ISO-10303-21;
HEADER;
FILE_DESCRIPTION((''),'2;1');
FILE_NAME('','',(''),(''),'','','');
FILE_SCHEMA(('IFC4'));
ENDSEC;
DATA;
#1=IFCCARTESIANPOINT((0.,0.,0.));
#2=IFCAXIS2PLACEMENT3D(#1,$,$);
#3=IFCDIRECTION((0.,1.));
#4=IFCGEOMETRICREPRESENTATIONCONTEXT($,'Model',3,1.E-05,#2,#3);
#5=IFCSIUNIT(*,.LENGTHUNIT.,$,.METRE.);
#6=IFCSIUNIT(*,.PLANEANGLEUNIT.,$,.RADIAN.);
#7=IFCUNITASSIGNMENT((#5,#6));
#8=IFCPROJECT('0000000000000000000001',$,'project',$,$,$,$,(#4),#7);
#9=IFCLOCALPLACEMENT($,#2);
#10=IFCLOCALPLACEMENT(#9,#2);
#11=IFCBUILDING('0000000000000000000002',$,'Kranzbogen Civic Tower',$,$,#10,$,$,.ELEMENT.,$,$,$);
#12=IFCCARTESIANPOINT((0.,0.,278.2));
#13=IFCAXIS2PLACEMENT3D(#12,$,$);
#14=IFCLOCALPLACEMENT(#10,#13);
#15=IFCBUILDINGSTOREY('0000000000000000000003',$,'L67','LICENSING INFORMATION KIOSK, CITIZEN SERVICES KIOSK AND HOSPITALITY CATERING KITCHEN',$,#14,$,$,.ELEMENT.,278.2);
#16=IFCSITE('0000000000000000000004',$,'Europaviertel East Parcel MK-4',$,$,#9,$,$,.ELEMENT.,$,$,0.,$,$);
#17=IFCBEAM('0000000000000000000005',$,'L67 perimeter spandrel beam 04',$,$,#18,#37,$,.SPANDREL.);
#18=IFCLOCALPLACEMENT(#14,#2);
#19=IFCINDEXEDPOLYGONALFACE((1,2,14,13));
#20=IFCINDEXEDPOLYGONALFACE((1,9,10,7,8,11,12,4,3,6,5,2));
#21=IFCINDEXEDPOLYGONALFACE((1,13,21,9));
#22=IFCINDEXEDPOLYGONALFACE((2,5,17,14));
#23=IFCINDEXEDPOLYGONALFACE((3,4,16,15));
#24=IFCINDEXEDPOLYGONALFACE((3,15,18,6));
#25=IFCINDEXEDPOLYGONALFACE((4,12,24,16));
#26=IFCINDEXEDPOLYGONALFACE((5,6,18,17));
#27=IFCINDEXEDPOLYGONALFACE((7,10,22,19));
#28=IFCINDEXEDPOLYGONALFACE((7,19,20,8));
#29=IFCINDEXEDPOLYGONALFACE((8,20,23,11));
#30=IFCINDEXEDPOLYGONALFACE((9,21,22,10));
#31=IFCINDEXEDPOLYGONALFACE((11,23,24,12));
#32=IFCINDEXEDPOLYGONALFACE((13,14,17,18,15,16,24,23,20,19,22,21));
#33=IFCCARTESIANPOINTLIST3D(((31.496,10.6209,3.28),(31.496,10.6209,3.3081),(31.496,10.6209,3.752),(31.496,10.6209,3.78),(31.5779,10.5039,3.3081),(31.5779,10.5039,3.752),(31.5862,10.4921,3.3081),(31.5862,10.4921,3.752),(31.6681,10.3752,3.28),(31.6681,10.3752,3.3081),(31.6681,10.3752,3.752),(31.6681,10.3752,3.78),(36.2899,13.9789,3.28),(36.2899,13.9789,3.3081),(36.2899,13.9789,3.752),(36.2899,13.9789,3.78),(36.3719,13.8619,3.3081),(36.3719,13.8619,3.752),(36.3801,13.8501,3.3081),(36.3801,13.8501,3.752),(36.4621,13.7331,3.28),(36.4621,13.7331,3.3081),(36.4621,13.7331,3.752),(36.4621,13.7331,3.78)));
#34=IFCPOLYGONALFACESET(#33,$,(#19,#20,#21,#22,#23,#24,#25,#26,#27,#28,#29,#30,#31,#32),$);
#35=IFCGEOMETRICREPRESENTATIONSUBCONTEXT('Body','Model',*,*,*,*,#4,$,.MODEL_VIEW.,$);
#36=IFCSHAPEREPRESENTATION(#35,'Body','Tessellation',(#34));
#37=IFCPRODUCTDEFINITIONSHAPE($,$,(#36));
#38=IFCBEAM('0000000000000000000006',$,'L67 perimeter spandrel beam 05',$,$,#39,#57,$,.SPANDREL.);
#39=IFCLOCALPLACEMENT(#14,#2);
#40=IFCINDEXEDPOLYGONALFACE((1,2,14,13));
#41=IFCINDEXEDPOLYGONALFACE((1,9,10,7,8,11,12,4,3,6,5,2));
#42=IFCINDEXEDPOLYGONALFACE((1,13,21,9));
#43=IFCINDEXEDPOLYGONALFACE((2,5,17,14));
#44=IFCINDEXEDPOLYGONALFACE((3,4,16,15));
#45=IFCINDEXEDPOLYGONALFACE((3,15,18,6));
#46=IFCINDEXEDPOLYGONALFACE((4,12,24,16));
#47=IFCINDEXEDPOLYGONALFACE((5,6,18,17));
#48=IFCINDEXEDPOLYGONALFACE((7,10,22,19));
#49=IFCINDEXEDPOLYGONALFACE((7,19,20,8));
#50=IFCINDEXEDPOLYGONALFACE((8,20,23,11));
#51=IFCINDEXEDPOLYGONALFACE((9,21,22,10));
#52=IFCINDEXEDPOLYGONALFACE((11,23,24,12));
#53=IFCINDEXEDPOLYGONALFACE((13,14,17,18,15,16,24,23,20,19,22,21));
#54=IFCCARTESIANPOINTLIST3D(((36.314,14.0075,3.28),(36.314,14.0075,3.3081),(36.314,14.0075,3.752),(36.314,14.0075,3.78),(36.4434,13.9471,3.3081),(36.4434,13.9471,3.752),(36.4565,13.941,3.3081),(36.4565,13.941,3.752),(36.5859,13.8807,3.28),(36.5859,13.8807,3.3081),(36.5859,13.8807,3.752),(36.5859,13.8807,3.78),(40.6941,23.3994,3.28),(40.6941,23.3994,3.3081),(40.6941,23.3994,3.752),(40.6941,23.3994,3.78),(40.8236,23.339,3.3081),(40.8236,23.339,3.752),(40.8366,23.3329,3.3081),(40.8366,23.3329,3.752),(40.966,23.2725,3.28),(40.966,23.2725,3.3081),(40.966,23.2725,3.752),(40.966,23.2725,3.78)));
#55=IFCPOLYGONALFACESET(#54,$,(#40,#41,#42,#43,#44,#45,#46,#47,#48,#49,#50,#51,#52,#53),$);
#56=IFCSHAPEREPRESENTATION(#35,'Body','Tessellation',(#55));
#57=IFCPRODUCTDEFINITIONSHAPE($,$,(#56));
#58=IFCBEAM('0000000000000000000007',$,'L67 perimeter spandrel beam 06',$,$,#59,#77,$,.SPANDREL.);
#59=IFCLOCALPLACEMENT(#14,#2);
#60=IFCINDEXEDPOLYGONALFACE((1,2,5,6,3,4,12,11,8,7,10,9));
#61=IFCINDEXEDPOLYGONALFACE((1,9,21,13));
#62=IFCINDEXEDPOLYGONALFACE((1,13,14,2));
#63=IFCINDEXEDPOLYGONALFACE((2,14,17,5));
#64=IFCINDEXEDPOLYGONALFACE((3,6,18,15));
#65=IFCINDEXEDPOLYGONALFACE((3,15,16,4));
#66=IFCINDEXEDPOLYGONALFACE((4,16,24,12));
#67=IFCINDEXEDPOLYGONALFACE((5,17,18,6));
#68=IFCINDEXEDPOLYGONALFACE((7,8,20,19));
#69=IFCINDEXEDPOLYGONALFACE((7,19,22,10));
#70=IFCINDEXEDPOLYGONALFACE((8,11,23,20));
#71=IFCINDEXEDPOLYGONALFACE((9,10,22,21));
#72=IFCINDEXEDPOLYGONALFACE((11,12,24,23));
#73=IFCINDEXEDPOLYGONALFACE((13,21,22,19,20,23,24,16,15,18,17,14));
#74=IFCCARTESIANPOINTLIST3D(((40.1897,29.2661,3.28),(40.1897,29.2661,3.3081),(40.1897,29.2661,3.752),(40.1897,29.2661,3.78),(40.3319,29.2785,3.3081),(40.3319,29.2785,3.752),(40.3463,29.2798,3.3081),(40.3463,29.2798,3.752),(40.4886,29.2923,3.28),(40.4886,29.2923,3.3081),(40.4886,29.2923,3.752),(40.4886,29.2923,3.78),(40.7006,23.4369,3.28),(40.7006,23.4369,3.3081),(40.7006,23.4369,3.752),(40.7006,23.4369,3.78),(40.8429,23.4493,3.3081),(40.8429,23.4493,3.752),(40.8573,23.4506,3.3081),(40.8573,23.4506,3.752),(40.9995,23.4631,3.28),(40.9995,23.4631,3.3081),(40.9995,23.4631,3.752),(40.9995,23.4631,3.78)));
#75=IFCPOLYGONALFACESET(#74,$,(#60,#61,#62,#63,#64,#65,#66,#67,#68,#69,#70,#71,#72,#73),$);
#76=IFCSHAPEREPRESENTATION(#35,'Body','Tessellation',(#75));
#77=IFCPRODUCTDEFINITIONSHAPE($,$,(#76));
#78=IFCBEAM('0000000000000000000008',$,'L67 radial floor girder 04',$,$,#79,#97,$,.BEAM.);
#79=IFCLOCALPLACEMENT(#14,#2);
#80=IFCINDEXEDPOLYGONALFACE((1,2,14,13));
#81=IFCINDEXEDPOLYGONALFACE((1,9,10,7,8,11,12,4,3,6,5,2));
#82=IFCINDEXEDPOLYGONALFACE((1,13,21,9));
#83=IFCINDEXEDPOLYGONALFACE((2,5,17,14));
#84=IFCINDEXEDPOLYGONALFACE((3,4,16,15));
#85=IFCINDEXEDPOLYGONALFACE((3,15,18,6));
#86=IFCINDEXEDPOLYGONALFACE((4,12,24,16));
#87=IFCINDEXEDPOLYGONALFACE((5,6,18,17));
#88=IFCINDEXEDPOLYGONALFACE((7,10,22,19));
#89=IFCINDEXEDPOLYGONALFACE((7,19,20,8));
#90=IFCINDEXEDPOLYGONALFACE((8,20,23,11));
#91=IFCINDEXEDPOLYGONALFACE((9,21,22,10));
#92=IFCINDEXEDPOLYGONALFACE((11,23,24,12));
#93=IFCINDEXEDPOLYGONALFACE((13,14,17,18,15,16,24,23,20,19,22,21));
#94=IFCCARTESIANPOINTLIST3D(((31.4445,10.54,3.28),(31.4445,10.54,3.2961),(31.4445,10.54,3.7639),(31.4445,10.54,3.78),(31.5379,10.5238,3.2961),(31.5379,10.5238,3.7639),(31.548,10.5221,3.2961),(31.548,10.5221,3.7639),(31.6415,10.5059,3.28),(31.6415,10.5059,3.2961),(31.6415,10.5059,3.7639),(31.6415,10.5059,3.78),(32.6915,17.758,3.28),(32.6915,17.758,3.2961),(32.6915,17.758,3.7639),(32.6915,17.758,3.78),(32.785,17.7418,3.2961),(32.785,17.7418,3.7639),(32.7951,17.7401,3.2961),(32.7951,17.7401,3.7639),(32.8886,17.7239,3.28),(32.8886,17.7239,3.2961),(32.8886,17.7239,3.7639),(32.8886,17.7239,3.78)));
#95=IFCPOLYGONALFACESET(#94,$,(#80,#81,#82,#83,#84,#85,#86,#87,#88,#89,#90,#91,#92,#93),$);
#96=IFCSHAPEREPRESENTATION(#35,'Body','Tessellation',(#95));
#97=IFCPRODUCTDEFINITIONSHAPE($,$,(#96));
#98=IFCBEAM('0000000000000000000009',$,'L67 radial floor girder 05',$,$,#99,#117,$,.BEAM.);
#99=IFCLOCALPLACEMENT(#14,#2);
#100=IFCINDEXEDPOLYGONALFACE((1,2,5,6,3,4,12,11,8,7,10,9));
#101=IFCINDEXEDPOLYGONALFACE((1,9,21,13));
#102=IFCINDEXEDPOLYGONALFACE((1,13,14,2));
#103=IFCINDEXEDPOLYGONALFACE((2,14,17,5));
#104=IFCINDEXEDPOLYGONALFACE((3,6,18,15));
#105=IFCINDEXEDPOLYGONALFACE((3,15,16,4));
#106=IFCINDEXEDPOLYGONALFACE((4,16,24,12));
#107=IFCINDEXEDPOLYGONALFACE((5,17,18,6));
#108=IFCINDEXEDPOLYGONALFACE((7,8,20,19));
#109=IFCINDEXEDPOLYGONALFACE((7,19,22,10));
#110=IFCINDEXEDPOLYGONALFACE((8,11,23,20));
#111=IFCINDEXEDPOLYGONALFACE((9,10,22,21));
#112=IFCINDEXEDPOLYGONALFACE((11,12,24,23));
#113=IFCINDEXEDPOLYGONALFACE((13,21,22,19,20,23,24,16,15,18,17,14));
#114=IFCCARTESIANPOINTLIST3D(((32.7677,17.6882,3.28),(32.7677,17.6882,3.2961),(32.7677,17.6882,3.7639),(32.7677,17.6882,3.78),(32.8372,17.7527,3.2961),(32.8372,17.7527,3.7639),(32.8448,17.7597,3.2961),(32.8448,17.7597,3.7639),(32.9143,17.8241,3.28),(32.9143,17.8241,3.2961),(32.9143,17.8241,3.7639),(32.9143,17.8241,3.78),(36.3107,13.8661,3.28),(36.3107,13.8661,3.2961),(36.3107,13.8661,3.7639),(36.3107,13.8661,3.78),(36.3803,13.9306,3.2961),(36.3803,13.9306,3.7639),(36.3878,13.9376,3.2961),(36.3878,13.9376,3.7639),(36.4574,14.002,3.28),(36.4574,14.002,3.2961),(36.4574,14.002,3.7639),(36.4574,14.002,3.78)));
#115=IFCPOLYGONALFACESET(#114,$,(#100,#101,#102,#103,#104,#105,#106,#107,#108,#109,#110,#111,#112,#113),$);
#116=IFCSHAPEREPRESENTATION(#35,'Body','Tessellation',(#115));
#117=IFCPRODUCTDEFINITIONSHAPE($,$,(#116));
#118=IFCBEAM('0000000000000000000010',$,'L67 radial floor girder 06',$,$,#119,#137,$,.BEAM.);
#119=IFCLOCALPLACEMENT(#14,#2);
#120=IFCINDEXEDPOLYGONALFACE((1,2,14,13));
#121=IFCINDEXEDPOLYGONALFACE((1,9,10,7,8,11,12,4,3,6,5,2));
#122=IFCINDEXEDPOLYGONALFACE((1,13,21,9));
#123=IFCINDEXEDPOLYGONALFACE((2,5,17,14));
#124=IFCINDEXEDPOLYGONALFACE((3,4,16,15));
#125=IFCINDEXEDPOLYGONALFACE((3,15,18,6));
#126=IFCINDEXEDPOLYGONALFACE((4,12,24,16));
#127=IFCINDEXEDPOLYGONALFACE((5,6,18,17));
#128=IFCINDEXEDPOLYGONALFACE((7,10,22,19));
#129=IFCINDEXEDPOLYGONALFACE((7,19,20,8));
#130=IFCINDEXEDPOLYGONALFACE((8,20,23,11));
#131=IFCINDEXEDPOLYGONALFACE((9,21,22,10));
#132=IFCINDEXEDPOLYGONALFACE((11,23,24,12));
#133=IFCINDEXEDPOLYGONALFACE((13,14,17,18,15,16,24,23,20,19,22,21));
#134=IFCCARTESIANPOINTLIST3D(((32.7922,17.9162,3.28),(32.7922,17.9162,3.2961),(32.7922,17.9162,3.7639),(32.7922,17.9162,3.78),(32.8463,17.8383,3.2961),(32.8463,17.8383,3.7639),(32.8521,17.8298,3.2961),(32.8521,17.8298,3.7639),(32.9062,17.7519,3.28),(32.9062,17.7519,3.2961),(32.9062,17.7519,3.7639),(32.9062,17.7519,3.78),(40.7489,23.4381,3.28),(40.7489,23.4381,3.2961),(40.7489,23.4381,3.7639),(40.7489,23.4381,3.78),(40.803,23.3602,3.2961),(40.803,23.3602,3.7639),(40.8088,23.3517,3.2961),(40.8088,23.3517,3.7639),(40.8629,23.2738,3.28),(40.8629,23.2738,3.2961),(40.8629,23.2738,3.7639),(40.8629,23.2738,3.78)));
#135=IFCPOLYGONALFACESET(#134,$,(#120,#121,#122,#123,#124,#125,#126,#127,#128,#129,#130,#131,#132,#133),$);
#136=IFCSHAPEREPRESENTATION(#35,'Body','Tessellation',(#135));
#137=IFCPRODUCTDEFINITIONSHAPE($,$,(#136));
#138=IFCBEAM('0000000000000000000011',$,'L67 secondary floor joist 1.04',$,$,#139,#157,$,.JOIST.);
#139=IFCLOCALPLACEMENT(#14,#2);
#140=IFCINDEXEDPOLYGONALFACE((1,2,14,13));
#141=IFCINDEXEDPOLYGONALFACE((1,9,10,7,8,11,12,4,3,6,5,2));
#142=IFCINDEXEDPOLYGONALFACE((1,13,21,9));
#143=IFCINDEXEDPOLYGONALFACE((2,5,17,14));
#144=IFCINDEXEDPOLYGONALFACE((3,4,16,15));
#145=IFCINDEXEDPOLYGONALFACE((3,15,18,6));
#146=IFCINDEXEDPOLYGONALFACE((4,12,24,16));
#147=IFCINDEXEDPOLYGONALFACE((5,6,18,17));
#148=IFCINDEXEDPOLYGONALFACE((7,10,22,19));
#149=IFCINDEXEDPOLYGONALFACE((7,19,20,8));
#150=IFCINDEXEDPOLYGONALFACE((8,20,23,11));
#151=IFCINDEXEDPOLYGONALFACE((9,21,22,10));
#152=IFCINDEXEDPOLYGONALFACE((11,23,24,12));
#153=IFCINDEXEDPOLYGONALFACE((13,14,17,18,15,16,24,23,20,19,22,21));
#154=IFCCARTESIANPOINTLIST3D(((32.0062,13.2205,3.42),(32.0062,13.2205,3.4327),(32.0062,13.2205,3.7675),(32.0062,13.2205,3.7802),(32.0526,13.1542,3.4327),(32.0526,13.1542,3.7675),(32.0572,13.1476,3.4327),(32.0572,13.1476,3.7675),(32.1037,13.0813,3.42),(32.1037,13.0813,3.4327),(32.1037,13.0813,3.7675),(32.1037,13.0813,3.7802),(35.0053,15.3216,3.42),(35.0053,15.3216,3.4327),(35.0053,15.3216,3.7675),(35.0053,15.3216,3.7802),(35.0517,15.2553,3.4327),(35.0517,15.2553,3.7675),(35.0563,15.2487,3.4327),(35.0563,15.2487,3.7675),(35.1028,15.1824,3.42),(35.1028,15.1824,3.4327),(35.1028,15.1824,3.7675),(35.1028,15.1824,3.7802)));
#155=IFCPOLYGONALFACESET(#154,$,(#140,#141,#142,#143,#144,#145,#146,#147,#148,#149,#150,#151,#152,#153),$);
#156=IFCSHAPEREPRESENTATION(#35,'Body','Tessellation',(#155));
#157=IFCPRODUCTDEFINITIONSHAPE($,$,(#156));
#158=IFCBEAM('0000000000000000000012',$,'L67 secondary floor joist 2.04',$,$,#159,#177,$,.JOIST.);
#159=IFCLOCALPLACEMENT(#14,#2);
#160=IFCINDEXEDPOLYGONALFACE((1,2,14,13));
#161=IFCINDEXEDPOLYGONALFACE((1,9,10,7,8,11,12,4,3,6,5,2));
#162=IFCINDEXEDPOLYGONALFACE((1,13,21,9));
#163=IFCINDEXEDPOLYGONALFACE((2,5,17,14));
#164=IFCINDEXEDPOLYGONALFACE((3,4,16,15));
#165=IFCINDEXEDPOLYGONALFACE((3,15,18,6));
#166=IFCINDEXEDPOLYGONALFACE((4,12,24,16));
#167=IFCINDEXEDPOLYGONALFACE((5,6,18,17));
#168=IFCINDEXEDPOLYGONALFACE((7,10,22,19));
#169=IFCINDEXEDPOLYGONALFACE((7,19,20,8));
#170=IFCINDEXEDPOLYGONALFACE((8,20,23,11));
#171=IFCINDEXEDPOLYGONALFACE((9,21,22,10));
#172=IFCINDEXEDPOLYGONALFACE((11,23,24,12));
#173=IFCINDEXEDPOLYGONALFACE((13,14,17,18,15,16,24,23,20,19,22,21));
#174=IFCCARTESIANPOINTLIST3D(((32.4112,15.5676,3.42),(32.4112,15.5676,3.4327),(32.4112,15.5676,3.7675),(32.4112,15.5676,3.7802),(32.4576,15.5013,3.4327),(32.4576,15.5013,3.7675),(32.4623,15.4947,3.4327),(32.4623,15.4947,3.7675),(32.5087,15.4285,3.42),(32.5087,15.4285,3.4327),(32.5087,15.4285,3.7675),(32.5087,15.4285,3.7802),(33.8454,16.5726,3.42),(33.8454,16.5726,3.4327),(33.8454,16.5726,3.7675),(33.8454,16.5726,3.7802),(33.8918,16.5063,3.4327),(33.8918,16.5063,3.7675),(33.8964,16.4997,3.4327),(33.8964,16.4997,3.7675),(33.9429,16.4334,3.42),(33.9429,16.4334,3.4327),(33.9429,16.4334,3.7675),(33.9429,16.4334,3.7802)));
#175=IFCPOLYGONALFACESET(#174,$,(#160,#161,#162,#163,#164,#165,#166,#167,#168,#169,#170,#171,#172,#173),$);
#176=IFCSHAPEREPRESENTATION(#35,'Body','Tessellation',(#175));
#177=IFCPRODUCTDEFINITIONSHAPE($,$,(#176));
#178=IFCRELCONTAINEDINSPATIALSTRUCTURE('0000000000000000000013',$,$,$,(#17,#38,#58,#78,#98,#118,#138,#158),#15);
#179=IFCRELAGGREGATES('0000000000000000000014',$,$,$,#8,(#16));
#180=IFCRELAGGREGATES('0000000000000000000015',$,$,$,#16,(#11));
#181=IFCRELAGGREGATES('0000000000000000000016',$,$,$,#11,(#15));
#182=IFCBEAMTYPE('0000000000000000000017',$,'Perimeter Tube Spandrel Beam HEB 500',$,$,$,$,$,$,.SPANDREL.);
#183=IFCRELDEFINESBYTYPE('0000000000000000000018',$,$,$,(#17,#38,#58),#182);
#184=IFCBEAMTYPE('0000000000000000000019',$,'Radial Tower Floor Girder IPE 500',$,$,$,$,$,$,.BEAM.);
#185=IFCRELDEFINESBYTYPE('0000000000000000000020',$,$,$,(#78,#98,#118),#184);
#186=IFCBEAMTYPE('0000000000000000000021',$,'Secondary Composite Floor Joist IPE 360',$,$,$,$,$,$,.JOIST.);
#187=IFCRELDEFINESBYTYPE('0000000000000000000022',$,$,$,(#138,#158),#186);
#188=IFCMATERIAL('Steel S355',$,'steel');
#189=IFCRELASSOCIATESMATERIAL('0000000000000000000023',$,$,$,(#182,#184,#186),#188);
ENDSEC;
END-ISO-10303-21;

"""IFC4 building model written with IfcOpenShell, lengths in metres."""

from ifc_helpers import new_model, si_unit, direction, frame, origin, origin_2d, place, context, subcontext, project, spatial, i_section, extrude, material, material_profile, profile_set, type_object, element, save


model = new_model("IFC4")

# Units and contexts
model_context = context("Model", 3, precision=1e-05, world=origin(), true_north=direction((0.0, 1.0)))
body_context = subcontext(model_context, "Body", "Model", "MODEL_VIEW")
ifc_project = project(units=[si_unit("LENGTHUNIT", "METRE"), si_unit("PLANEANGLEUNIT", "RADIAN")], contexts=[model_context])

# Site, building, storey
site_placement = place(None, origin())
site = spatial("IfcSite", under=ifc_project, at=site_placement, Name="Europaviertel East Parcel MK-4", CompositionType="ELEMENT", RefElevation=0.0)
building_placement = place(site_placement, origin())
building = spatial("IfcBuilding", under=site, at=building_placement, Name="Kranzbogen Civic Tower", CompositionType="ELEMENT")
storey_placement = place(building_placement, frame((0.0, 0.0, 278.2)))
storey = spatial("IfcBuildingStorey", under=building, at=storey_placement, Name="L67", Description="LICENSING INFORMATION KIOSK, CITIZEN SERVICES KIOSK AND HOSPITALITY CATERING KITCHEN", CompositionType="ELEMENT", Elevation=278.2)

# Shared definitions
ifc_material_1 = material(Name="Steel S355", Category="steel")

# Beams
ifc_material_profile_1 = material_profile(ifc_material_1, i_section(OverallWidth=0.3, OverallDepth=0.5, WebThickness=0.0144, FlangeThickness=0.0281, at=origin_2d()), Name="HEB 500")
ifc_profile_set_1 = profile_set([ifc_material_profile_1], Name="Steel S355")
beam_type_1 = type_object("IfcBeamType", Name="Perimeter Tube Spandrel Beam HEB 500", PredefinedType="SPANDREL", material=ifc_profile_set_1)
beam_1_placement = place(storey_placement, frame((31.582, 10.498, 3.53), z_axis=(0.819059, 0.573709, 0.0), x_axis=(-0.573709, 0.819059, 0.0)))
element("IfcBeam", 1, at=beam_1_placement, inside=storey, type_object=beam_type_1, Name="L67 perimeter spandrel beam 04", PredefinedType="SPANDREL", context=body_context, shape_type="SweptSolid", body=[
    extrude(i_section(OverallWidth=0.3, OverallDepth=0.5, WebThickness=0.0144, FlangeThickness=0.0281, at=origin_2d()), origin(), (0.0, 0.0, 1.0), 5.853),
])
beam_2_placement = place(storey_placement, frame((36.45, 13.9441, 3.53), z_axis=(0.422669, 0.906284, 0.0), x_axis=(-0.906284, 0.422669, 0.0)))
element("IfcBeam", 2, at=beam_2_placement, inside=storey, type_object=beam_type_1, Name="L67 perimeter spandrel beam 05", PredefinedType="SPANDREL", context=body_context, shape_type="SweptSolid", body=[
    extrude(i_section(OverallWidth=0.3, OverallDepth=0.5, WebThickness=0.0144, FlangeThickness=0.0281, at=origin_2d()), origin(), (0.0, 0.0, 1.0), 10.363),
])
beam_3_placement = place(storey_placement, frame((40.8501, 23.45, 3.53), z_axis=(-0.087326, 0.99618, 0.0), x_axis=(-0.99618, -0.087326, 0.0)))
element("IfcBeam", 3, at=beam_3_placement, inside=storey, type_object=beam_type_1, Name="L67 perimeter spandrel beam 06", PredefinedType="SPANDREL", context=body_context, shape_type="SweptSolid", body=[
    extrude(i_section(OverallWidth=0.3, OverallDepth=0.5, WebThickness=0.0144, FlangeThickness=0.0281, at=origin_2d()), origin(), (0.0, 0.0, 1.0), 5.8516),
])
ifc_material_profile_2 = material_profile(ifc_material_1, i_section(OverallWidth=0.2, OverallDepth=0.5, WebThickness=0.0103, FlangeThickness=0.0161, at=origin_2d()), Name="IPE 500")
ifc_profile_set_2 = profile_set([ifc_material_profile_2], Name="Steel S355")
beam_type_2 = type_object("IfcBeamType", Name="Radial Tower Floor Girder IPE 500", PredefinedType="BEAM", material=ifc_profile_set_2)
beam_4_placement = place(storey_placement, frame((31.543, 10.5229, 3.53), z_axis=(0.17025, 0.985401, 0.0), x_axis=(-0.985401, 0.17025, 0.0)))
element("IfcBeam", 4, at=beam_4_placement, inside=storey, type_object=beam_type_2, Name="L67 radial floor girder 04", PredefinedType="BEAM", context=body_context, shape_type="SweptSolid", body=[
    extrude(i_section(OverallWidth=0.2, OverallDepth=0.5, WebThickness=0.0103, FlangeThickness=0.0161, at=origin_2d()), origin(), (0.0, 0.0, 1.0), 7.325),
])
beam_5_placement = place(storey_placement, frame((36.384, 13.9341, 3.53), z_axis=(-0.679827, 0.733372, 0.0), x_axis=(-0.733372, -0.679827, 0.0)))
element("IfcBeam", 5, at=beam_5_placement, inside=storey, type_object=beam_type_2, Name="L67 radial floor girder 05", PredefinedType="BEAM", context=body_context, shape_type="SweptSolid", body=[
    extrude(i_section(OverallWidth=0.2, OverallDepth=0.5, WebThickness=0.0103, FlangeThickness=0.0161, at=origin_2d()), origin(), (0.0, 0.0, 1.0), 5.2117),
])
beam_6_placement = place(storey_placement, frame((40.8059, 23.356, 3.53), z_axis=(-0.821543, -0.570147, 0.0), x_axis=(0.570147, -0.821543, 0.0)))
element("IfcBeam", 6, at=beam_6_placement, inside=storey, type_object=beam_type_2, Name="L67 radial floor girder 06", PredefinedType="BEAM", context=body_context, shape_type="SweptSolid", body=[
    extrude(i_section(OverallWidth=0.2, OverallDepth=0.5, WebThickness=0.0103, FlangeThickness=0.0161, at=origin_2d()), origin(), (0.0, 0.0, 1.0), 9.6851),
])
ifc_material_profile_3 = material_profile(ifc_material_1, i_section(OverallWidth=0.1699, OverallDepth=0.3601, WebThickness=0.0081, FlangeThickness=0.0127, at=origin_2d()), Name="IPE 360")
ifc_profile_set_3 = profile_set([ifc_material_profile_3], Name="Steel S355")
beam_type_3 = type_object("IfcBeamType", Name="Secondary Composite Floor Joist IPE 360", PredefinedType="JOIST", material=ifc_profile_set_3)
beam_7_placement = place(storey_placement, frame((32.0549, 13.1509, 3.6001), z_axis=(0.819006, 0.573784, 0.0), x_axis=(-0.573784, 0.819006, 0.0)))
element("IfcBeam", 7, at=beam_7_placement, inside=storey, type_object=beam_type_3, Name="L67 secondary floor joist 1.04", PredefinedType="JOIST", context=body_context, shape_type="SweptSolid", body=[
    extrude(i_section(OverallWidth=0.1699, OverallDepth=0.3601, WebThickness=0.0081, FlangeThickness=0.0127, at=origin_2d()), origin(), (0.0, 0.0, 1.0), 3.6619),
])
beam_8_placement = place(storey_placement, frame((32.46, 15.498, 3.6001), z_axis=(0.818957, 0.573855, 0.0), x_axis=(-0.573855, 0.818957, 0.0)))
element("IfcBeam", 8, at=beam_8_placement, inside=storey, type_object=beam_type_3, Name="L67 secondary floor joist 2.04", PredefinedType="JOIST", context=body_context, shape_type="SweptSolid", body=[
    extrude(i_section(OverallWidth=0.1699, OverallDepth=0.3601, WebThickness=0.0081, FlangeThickness=0.0127, at=origin_2d()), origin(), (0.0, 0.0, 1.0), 1.7512),
])

save(model, "model.ifc")
